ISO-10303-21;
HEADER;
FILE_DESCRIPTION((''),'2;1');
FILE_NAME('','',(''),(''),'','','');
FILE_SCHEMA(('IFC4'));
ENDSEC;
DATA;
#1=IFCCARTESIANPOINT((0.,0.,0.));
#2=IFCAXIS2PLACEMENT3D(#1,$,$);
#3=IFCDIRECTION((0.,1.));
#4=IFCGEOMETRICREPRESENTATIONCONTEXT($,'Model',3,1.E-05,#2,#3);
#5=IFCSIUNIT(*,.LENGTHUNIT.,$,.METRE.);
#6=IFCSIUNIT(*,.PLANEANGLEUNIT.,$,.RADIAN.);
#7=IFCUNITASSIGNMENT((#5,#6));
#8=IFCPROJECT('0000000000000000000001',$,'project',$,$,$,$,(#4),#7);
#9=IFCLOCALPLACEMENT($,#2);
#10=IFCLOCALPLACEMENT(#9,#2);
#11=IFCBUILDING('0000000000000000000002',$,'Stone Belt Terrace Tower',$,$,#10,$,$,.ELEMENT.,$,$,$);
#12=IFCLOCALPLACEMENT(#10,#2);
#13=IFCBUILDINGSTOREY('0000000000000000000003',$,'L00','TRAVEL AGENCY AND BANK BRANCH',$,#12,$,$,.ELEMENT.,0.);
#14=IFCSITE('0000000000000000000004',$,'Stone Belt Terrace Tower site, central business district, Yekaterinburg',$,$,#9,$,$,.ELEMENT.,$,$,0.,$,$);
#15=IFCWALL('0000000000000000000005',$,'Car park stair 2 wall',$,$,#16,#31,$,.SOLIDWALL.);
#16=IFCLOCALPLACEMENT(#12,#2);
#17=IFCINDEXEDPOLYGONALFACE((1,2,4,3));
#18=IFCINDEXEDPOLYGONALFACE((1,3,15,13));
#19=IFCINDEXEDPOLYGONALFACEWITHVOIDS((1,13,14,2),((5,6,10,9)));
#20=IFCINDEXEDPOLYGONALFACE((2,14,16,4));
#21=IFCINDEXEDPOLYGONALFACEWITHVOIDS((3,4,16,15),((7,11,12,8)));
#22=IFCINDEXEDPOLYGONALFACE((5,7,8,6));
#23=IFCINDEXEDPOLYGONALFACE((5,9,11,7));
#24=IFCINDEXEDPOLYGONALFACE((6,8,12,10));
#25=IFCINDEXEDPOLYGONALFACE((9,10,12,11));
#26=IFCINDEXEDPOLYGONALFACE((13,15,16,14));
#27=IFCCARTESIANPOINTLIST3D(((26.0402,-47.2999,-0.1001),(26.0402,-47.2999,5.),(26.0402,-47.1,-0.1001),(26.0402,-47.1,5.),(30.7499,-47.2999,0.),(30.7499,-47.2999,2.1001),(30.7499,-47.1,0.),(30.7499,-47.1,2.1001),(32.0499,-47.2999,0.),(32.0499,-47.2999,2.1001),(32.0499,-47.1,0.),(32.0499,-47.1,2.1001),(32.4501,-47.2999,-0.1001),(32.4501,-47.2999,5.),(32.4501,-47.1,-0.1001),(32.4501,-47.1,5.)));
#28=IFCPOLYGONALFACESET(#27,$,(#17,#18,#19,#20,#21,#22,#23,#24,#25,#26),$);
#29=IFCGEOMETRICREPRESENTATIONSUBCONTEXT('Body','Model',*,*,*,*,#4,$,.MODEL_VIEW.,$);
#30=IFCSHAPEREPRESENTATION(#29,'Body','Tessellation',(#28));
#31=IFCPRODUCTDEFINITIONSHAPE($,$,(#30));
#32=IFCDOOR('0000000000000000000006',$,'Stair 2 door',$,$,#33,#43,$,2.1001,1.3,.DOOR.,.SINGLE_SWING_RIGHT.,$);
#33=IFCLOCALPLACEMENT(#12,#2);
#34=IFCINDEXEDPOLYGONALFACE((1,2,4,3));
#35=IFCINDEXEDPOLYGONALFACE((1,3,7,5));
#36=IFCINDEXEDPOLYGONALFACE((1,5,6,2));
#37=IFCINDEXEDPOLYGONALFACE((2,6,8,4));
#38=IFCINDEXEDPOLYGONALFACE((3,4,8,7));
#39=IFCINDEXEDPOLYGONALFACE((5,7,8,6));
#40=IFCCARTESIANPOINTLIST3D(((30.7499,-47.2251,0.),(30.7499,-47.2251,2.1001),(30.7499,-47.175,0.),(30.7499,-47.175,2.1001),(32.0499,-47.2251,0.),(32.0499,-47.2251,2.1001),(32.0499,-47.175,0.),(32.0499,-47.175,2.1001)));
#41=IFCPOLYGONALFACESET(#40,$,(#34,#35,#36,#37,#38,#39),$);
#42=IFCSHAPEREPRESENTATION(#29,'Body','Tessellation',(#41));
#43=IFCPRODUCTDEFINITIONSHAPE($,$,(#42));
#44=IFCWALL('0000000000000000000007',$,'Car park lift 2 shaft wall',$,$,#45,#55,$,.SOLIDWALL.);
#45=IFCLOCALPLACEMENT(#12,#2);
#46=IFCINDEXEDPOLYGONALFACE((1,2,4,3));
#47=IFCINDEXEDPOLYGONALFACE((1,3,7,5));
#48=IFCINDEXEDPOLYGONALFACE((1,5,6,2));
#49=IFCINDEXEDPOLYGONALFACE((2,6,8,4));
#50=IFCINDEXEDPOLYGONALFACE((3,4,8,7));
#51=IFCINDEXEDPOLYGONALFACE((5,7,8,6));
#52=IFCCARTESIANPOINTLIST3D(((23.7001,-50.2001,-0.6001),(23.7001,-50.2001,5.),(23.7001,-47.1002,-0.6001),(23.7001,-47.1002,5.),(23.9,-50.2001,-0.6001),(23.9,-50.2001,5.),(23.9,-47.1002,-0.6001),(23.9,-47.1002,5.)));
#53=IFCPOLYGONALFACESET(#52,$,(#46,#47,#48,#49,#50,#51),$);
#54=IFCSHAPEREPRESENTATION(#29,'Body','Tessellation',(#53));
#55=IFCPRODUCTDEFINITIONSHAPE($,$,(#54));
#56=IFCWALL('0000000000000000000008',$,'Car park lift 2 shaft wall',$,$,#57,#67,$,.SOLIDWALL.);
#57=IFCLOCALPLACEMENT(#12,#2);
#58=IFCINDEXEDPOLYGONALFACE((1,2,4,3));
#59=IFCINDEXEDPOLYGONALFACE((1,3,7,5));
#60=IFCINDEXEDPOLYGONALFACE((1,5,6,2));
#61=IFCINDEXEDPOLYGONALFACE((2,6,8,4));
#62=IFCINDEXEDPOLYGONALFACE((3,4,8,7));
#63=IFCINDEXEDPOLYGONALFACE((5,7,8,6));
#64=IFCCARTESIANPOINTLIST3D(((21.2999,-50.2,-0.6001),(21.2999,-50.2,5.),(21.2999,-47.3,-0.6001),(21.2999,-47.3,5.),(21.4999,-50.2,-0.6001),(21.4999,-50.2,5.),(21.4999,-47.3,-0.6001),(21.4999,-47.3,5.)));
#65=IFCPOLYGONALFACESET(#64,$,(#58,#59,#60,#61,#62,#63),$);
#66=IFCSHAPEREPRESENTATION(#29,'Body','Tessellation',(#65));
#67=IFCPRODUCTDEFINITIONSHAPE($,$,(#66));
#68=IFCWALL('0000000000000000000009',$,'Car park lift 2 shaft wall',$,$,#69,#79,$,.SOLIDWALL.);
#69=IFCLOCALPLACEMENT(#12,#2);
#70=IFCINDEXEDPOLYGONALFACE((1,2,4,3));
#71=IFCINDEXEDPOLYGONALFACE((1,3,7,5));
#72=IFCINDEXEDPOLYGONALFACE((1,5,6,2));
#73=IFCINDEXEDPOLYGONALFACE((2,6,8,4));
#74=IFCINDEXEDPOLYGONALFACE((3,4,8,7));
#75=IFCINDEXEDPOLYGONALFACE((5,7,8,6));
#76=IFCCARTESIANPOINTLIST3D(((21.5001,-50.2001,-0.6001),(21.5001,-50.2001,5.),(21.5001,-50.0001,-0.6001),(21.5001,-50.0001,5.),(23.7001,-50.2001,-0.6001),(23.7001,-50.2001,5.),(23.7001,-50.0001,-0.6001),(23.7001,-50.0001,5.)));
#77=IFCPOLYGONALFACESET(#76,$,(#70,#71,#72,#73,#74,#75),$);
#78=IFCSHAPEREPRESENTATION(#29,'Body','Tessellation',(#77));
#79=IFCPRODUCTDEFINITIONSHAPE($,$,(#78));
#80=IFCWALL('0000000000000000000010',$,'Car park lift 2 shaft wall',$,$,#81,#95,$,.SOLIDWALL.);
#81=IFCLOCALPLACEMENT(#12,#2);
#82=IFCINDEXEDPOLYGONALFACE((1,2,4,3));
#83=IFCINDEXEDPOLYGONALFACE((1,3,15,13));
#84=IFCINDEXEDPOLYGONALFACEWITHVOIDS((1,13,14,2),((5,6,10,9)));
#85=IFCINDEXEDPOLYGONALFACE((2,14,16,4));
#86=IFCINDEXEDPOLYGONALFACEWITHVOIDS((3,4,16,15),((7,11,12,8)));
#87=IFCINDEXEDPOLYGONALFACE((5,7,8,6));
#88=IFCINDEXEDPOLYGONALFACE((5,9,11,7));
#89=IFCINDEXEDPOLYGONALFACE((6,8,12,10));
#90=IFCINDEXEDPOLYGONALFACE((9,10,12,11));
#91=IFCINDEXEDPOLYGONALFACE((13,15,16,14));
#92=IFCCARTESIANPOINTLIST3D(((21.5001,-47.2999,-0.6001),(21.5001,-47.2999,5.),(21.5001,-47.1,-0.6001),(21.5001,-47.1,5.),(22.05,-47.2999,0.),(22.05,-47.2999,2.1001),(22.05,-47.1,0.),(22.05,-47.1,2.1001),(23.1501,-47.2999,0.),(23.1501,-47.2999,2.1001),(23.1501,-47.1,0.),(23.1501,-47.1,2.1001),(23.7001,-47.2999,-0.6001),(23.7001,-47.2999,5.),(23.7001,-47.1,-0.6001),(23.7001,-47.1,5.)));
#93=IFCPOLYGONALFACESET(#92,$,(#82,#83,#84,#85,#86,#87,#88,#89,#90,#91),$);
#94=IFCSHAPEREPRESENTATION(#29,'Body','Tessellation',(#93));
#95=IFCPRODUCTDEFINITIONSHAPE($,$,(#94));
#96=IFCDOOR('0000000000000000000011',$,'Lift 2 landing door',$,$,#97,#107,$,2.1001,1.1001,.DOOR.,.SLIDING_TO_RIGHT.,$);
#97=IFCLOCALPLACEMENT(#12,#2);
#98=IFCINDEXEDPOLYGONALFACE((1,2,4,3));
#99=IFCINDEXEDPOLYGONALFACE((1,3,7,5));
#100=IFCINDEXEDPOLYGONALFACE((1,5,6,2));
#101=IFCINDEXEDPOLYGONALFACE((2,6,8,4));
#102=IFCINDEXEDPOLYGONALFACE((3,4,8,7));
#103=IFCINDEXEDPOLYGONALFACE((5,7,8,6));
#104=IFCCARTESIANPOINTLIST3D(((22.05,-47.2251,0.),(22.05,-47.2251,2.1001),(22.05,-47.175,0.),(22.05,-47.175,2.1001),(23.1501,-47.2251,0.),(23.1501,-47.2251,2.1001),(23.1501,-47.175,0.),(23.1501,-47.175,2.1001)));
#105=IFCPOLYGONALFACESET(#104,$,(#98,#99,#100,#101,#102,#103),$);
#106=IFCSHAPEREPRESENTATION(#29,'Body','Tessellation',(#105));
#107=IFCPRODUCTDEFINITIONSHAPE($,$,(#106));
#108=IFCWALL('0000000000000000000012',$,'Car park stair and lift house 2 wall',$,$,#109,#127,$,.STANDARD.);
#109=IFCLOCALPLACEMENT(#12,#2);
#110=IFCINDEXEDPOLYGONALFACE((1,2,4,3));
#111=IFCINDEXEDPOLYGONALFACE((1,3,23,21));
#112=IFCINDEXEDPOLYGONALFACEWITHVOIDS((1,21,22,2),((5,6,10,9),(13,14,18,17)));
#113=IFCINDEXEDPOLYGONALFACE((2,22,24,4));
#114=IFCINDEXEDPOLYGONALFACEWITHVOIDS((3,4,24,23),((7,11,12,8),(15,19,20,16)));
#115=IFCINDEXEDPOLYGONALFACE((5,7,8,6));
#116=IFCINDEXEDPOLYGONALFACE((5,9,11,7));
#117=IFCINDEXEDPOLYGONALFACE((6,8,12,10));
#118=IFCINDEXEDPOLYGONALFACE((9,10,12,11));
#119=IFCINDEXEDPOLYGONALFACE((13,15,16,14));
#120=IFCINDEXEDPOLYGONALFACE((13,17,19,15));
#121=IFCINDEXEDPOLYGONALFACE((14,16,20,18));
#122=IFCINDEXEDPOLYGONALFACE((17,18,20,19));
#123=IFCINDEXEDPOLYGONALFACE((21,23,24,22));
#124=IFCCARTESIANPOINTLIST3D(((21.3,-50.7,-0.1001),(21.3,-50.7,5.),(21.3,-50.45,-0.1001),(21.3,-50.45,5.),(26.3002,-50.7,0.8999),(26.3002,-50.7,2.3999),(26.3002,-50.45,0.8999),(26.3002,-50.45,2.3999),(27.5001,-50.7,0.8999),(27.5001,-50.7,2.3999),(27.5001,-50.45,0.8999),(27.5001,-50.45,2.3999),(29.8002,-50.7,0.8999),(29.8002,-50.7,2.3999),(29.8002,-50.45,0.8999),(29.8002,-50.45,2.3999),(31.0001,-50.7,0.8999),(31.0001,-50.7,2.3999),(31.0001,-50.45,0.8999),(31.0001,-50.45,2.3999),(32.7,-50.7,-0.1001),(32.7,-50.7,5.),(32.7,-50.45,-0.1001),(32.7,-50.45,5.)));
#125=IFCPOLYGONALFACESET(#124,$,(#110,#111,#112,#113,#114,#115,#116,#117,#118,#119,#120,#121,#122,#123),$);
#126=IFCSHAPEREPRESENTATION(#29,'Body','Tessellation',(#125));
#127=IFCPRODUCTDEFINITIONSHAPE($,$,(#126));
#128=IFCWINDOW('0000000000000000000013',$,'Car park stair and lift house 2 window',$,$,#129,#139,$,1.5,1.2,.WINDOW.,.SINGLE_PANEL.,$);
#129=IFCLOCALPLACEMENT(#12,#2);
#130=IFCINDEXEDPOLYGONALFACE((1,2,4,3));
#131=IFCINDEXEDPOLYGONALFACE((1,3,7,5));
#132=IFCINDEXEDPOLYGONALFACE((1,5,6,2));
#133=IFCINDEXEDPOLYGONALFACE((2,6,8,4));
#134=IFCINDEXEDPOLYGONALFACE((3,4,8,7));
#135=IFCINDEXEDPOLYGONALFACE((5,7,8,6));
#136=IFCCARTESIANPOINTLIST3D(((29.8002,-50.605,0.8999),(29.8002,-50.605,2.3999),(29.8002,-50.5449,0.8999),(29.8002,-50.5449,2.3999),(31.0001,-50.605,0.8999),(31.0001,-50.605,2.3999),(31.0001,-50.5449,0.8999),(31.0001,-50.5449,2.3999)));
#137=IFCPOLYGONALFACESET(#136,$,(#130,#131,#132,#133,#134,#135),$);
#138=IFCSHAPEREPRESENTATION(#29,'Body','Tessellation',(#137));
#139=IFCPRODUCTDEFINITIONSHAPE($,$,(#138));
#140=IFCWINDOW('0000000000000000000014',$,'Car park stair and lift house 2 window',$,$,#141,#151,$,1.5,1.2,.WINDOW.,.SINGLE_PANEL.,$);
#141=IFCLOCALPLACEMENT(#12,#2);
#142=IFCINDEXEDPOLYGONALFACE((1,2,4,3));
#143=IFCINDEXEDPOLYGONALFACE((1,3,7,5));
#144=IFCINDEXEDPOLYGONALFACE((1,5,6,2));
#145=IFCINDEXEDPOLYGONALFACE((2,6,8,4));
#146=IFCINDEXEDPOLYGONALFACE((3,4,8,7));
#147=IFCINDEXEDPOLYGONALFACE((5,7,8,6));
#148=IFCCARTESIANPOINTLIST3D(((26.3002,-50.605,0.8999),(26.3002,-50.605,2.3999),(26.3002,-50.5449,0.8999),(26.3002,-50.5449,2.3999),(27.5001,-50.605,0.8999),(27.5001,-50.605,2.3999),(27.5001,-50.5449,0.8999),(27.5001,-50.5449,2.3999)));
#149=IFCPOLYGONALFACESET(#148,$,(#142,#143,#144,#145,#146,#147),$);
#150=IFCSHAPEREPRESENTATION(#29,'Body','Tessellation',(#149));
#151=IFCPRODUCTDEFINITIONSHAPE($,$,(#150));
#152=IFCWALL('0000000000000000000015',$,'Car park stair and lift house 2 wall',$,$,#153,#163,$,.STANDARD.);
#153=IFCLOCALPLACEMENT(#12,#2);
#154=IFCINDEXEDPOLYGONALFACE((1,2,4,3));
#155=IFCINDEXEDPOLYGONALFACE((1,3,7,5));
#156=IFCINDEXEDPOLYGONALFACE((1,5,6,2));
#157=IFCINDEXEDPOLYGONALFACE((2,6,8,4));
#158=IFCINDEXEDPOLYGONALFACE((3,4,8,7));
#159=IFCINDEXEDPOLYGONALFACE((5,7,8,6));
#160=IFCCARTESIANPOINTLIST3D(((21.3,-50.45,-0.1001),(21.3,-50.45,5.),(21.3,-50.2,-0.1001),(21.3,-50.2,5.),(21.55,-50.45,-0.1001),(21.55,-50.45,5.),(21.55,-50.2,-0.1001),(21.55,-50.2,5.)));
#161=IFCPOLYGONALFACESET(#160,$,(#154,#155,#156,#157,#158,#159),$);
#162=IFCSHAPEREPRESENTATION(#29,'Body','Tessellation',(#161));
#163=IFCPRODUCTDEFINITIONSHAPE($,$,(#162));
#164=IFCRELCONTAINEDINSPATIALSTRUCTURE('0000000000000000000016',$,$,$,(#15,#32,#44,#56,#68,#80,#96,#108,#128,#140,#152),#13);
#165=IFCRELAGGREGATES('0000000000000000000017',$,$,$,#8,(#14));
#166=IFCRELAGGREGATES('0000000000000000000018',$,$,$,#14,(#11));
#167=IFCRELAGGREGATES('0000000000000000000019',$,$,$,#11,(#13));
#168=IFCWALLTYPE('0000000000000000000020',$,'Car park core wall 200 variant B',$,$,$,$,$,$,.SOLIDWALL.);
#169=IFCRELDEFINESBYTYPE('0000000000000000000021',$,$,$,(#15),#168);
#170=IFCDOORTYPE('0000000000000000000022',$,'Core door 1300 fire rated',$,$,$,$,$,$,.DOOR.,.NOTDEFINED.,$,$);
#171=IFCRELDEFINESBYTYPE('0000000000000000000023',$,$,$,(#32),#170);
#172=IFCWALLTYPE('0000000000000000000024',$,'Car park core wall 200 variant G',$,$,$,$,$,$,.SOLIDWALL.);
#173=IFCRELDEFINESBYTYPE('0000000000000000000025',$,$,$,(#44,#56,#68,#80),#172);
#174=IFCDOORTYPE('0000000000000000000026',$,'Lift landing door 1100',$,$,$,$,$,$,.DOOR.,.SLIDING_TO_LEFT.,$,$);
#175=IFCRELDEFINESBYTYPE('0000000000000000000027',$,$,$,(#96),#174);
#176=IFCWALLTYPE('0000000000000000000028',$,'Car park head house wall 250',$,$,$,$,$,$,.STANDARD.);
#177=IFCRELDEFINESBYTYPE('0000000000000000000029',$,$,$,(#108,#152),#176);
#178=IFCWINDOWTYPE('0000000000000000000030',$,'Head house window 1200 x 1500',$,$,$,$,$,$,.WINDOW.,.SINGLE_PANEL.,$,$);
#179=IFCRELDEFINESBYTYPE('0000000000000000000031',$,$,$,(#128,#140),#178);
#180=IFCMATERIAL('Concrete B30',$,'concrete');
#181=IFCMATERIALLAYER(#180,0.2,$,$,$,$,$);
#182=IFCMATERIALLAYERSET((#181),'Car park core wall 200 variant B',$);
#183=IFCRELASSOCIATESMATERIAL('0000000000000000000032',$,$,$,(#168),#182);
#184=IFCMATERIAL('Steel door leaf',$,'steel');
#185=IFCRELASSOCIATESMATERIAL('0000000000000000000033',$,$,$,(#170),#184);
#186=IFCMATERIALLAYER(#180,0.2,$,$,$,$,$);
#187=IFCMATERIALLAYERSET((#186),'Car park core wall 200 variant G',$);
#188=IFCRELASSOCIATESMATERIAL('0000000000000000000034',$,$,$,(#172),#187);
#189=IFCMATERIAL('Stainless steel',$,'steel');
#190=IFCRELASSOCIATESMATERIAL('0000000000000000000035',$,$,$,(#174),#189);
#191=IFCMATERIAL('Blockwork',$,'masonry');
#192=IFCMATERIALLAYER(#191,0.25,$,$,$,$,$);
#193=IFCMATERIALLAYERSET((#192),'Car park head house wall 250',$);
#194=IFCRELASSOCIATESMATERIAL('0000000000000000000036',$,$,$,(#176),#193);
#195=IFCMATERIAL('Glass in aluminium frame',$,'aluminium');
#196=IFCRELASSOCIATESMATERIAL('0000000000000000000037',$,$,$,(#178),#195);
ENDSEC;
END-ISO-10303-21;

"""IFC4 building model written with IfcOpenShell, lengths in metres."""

from ifc_helpers import new_model, si_unit, direction, frame, frame_2d, origin, place, context, subcontext, project, spatial, rectangle, extrude, material, layer, layer_set, type_object, element, fill, save


model = new_model("IFC4")

# Units and contexts
model_context = context("Model", 3, precision=1e-05, world=origin(), true_north=direction((0.0, 1.0)))
body_context = subcontext(model_context, "Body", "Model", "MODEL_VIEW")
ifc_project = project(units=[si_unit("LENGTHUNIT", "METRE"), si_unit("PLANEANGLEUNIT", "RADIAN")], contexts=[model_context])

# Site, building, storey
site_placement = place(None, origin())
site = spatial("IfcSite", under=ifc_project, at=site_placement, Name="Stone Belt Terrace Tower site, central business district, Yekaterinburg", CompositionType="ELEMENT", RefElevation=0.0)
building_placement = place(site_placement, origin())
building = spatial("IfcBuilding", under=site, at=building_placement, Name="Stone Belt Terrace Tower", CompositionType="ELEMENT")
storey_placement = place(building_placement, origin())
storey = spatial("IfcBuildingStorey", under=building, at=storey_placement, Name="L00", Description="TRAVEL AGENCY AND BANK BRANCH", CompositionType="ELEMENT", Elevation=0.0)

# Wall, opening, door
ifc_material_1 = material(Name="Concrete B30", Category="concrete")
ifc_layer_1 = layer(ifc_material_1, 0.2)
ifc_layer_set_1 = layer_set([ifc_layer_1], Name="Car park core wall 200 variant B")
wall_type_1 = type_object("IfcWallType", Name="Car park core wall 200 variant B", PredefinedType="SOLIDWALL", material=ifc_layer_set_1)
wall_1_placement = place(storey_placement, frame((26.04, -47.2, -0.1001), z_axis=(0.0, 0.0, 1.0), x_axis=(1.0, 0.0, 0.0)))
wall_1 = element("IfcWall", 1, at=wall_1_placement, inside=storey, type_object=wall_type_1, Name="Car park stair 2 wall", PredefinedType="SOLIDWALL", context=body_context, shape_type="SweptSolid", body=[
    extrude(rectangle(XDim=6.4099, YDim=0.2, at=frame_2d((3.2051, 0.0))), origin(), (0.0, 0.0, 1.0), 5.1001),
])
opening_1_placement = place(wall_1_placement, frame((4.71, 0.0, 0.1001)))
opening_1 = element("IfcOpeningElement", 2, at=opening_1_placement, cuts=wall_1, PredefinedType="OPENING", context=body_context, shape_type="SweptSolid", body=[
    extrude(rectangle(XDim=1.3, YDim=2.1001, at=frame_2d((0.6499, 1.05))), frame((0.0, 0.1099, 0.0), z_axis=(0.0, -1.0, 0.0), x_axis=(1.0, 0.0, 0.0)), (0.0, 0.0, 1.0), 0.22),
])
ifc_material_2 = material(Name="Steel door leaf", Category="steel")
door_type_1 = type_object("IfcDoorType", Name="Core door 1300 fire rated", OperationType="NOTDEFINED", PredefinedType="DOOR", material=ifc_material_2)
door_1_placement = place(opening_1_placement, origin())
door_1 = element("IfcDoor", 3, at=door_1_placement, inside=storey, type_object=door_type_1, Name="Stair 2 door", OperationType="SINGLE_SWING_RIGHT", OverallHeight=2.1001, OverallWidth=1.3, PredefinedType="DOOR", context=body_context, shape_type="SweptSolid", body=[
    extrude(rectangle(XDim=1.3, YDim=2.1001, at=frame_2d((0.6499, 1.05))), frame((0.0, 0.0249, 0.0), z_axis=(0.0, -1.0, 0.0), x_axis=(1.0, 0.0, 0.0)), (0.0, 0.0, 1.0), 0.05),
])
fill(opening_1, door_1)

# Walls
ifc_layer_2 = layer(ifc_material_1, 0.2)
ifc_layer_set_2 = layer_set([ifc_layer_2], Name="Car park core wall 200 variant G")
wall_type_2 = type_object("IfcWallType", Name="Car park core wall 200 variant G", PredefinedType="SOLIDWALL", material=ifc_layer_set_2)
wall_2_placement = place(storey_placement, frame((23.8, -50.2, -0.6001), z_axis=(0.0, 0.0, 1.0), x_axis=(0.0, 1.0, 0.0)))
element("IfcWall", 4, at=wall_2_placement, inside=storey, type_object=wall_type_2, Name="Car park lift 2 shaft wall", PredefinedType="SOLIDWALL", context=body_context, shape_type="SweptSolid", body=[
    extrude(rectangle(XDim=3.0999, YDim=0.2, at=frame_2d((1.5498, 0.0))), origin(), (0.0, 0.0, 1.0), 5.6001),
])
wall_3_placement = place(storey_placement, frame((21.3999, -50.2, -0.6001), z_axis=(0.0, 0.0, 1.0), x_axis=(0.0, 1.0, 0.0)))
element("IfcWall", 5, at=wall_3_placement, inside=storey, type_object=wall_type_2, Name="Car park lift 2 shaft wall", PredefinedType="SOLIDWALL", context=body_context, shape_type="SweptSolid", body=[
    extrude(rectangle(XDim=2.8999, YDim=0.2, at=frame_2d((1.45, 0.0))), origin(), (0.0, 0.0, 1.0), 5.6001),
])
wall_4_placement = place(storey_placement, frame((21.5, -50.1001, -0.6001), z_axis=(0.0, 0.0, 1.0), x_axis=(1.0, 0.0, 0.0)))
element("IfcWall", 6, at=wall_4_placement, inside=storey, type_object=wall_type_2, Name="Car park lift 2 shaft wall", PredefinedType="SOLIDWALL", context=body_context, shape_type="SweptSolid", body=[
    extrude(rectangle(XDim=2.2, YDim=0.2, at=frame_2d((1.1001, 0.0))), origin(), (0.0, 0.0, 1.0), 5.6001),
])

# Wall, opening, door
wall_5_placement = place(storey_placement, frame((21.5, -47.2, -0.6001), z_axis=(0.0, 0.0, 1.0), x_axis=(1.0, 0.0, 0.0)))
wall_5 = element("IfcWall", 7, at=wall_5_placement, inside=storey, type_object=wall_type_2, Name="Car park lift 2 shaft wall", PredefinedType="SOLIDWALL", context=body_context, shape_type="SweptSolid", body=[
    extrude(rectangle(XDim=2.2, YDim=0.2, at=frame_2d((1.1001, 0.0))), origin(), (0.0, 0.0, 1.0), 5.6001),
])
opening_2_placement = place(wall_5_placement, frame((0.55, 0.0, 0.6001)))
opening_2 = element("IfcOpeningElement", 8, at=opening_2_placement, cuts=wall_5, PredefinedType="OPENING", context=body_context, shape_type="SweptSolid", body=[
    extrude(rectangle(XDim=1.1001, YDim=2.1001, at=frame_2d((0.55, 1.05))), frame((0.0, 0.1099, 0.0), z_axis=(0.0, -1.0, 0.0), x_axis=(1.0, 0.0, 0.0)), (0.0, 0.0, 1.0), 0.22),
])
ifc_material_3 = material(Name="Stainless steel", Category="steel")
door_type_2 = type_object("IfcDoorType", Name="Lift landing door 1100", OperationType="SLIDING_TO_LEFT", PredefinedType="DOOR", material=ifc_material_3)
door_2_placement = place(opening_2_placement, origin())
door_2 = element("IfcDoor", 9, at=door_2_placement, inside=storey, type_object=door_type_2, Name="Lift 2 landing door", OperationType="SLIDING_TO_RIGHT", OverallHeight=2.1001, OverallWidth=1.1001, PredefinedType="DOOR", context=body_context, shape_type="SweptSolid", body=[
    extrude(rectangle(XDim=1.1001, YDim=2.1001, at=frame_2d((0.55, 1.05))), frame((0.0, 0.0249, 0.0), z_axis=(0.0, -1.0, 0.0), x_axis=(1.0, 0.0, 0.0)), (0.0, 0.0, 1.0), 0.05),
])
fill(opening_2, door_2)

# Wall, openings, windows
ifc_material_4 = material(Name="Blockwork", Category="masonry")
ifc_layer_3 = layer(ifc_material_4, 0.25)
ifc_layer_set_3 = layer_set([ifc_layer_3], Name="Car park head house wall 250")
wall_type_3 = type_object("IfcWallType", Name="Car park head house wall 250", PredefinedType="STANDARD", material=ifc_layer_set_3)
wall_6_placement = place(storey_placement, frame((21.3, -50.575, -0.1001), z_axis=(0.0, 0.0, 1.0), x_axis=(1.0, 0.0, 0.0)))
wall_6 = element("IfcWall", 10, at=wall_6_placement, inside=storey, type_object=wall_type_3, Name="Car park stair and lift house 2 wall", PredefinedType="STANDARD", context=body_context, shape_type="SweptSolid", body=[
    extrude(rectangle(XDim=11.3999, YDim=0.25, at=frame_2d((5.7, 0.0))), origin(), (0.0, 0.0, 1.0), 5.1001),
])
opening_3_placement = place(wall_6_placement, frame((8.5, 0.0, 1.0)))
opening_3 = element("IfcOpeningElement", 11, at=opening_3_placement, cuts=wall_6, PredefinedType="OPENING", context=body_context, shape_type="SweptSolid", body=[
    extrude(rectangle(XDim=1.2, YDim=1.5, at=frame_2d((0.6001, 0.75))), frame((0.0, 0.135, 0.0), z_axis=(0.0, -1.0, 0.0), x_axis=(1.0, 0.0, 0.0)), (0.0, 0.0, 1.0), 0.27),
])
opening_4_placement = place(wall_6_placement, frame((5.0, 0.0, 1.0)))
opening_4 = element("IfcOpeningElement", 12, at=opening_4_placement, cuts=wall_6, PredefinedType="OPENING", context=body_context, shape_type="SweptSolid", body=[
    extrude(rectangle(XDim=1.2, YDim=1.5, at=frame_2d((0.6001, 0.75))), frame((0.0, 0.135, 0.0), z_axis=(0.0, -1.0, 0.0), x_axis=(1.0, 0.0, 0.0)), (0.0, 0.0, 1.0), 0.27),
])
ifc_material_5 = material(Name="Glass in aluminium frame", Category="aluminium")
window_type_1 = type_object("IfcWindowType", Name="Head house window 1200 x 1500", PartitioningType="SINGLE_PANEL", PredefinedType="WINDOW", material=ifc_material_5)
window_1_placement = place(opening_3_placement, origin())
window_1 = element("IfcWindow", 13, at=window_1_placement, inside=storey, type_object=window_type_1, Name="Car park stair and lift house 2 window", OverallHeight=1.5, OverallWidth=1.2, PartitioningType="SINGLE_PANEL", PredefinedType="WINDOW", context=body_context, shape_type="SweptSolid", body=[
    extrude(rectangle(XDim=1.2, YDim=1.5, at=frame_2d((0.6001, 0.75))), frame((0.0, 0.03, 0.0), z_axis=(0.0, -1.0, 0.0), x_axis=(1.0, 0.0, 0.0)), (0.0, 0.0, 1.0), 0.0601),
])
fill(opening_3, window_1)
window_2_placement = place(opening_4_placement, origin())
window_2 = element("IfcWindow", 14, at=window_2_placement, inside=storey, type_object=window_type_1, Name="Car park stair and lift house 2 window", OverallHeight=1.5, OverallWidth=1.2, PartitioningType="SINGLE_PANEL", PredefinedType="WINDOW", context=body_context, shape_type="SweptSolid", body=[
    extrude(rectangle(XDim=1.2, YDim=1.5, at=frame_2d((0.6001, 0.75))), frame((0.0, 0.03, 0.0), z_axis=(0.0, -1.0, 0.0), x_axis=(1.0, 0.0, 0.0)), (0.0, 0.0, 1.0), 0.0601),
])
fill(opening_4, window_2)

# Wall
wall_7_placement = place(storey_placement, frame((21.3, -50.325, -0.1001), z_axis=(0.0, 0.0, 1.0), x_axis=(1.0, 0.0, 0.0)))
element("IfcWall", 15, at=wall_7_placement, inside=storey, type_object=wall_type_3, Name="Car park stair and lift house 2 wall", PredefinedType="STANDARD", context=body_context, shape_type="SweptSolid", body=[
    extrude(rectangle(XDim=0.25, YDim=0.25, at=frame_2d((0.125, 0.0))), origin(), (0.0, 0.0, 1.0), 5.1001),
])

save(model, "model.ifc")
